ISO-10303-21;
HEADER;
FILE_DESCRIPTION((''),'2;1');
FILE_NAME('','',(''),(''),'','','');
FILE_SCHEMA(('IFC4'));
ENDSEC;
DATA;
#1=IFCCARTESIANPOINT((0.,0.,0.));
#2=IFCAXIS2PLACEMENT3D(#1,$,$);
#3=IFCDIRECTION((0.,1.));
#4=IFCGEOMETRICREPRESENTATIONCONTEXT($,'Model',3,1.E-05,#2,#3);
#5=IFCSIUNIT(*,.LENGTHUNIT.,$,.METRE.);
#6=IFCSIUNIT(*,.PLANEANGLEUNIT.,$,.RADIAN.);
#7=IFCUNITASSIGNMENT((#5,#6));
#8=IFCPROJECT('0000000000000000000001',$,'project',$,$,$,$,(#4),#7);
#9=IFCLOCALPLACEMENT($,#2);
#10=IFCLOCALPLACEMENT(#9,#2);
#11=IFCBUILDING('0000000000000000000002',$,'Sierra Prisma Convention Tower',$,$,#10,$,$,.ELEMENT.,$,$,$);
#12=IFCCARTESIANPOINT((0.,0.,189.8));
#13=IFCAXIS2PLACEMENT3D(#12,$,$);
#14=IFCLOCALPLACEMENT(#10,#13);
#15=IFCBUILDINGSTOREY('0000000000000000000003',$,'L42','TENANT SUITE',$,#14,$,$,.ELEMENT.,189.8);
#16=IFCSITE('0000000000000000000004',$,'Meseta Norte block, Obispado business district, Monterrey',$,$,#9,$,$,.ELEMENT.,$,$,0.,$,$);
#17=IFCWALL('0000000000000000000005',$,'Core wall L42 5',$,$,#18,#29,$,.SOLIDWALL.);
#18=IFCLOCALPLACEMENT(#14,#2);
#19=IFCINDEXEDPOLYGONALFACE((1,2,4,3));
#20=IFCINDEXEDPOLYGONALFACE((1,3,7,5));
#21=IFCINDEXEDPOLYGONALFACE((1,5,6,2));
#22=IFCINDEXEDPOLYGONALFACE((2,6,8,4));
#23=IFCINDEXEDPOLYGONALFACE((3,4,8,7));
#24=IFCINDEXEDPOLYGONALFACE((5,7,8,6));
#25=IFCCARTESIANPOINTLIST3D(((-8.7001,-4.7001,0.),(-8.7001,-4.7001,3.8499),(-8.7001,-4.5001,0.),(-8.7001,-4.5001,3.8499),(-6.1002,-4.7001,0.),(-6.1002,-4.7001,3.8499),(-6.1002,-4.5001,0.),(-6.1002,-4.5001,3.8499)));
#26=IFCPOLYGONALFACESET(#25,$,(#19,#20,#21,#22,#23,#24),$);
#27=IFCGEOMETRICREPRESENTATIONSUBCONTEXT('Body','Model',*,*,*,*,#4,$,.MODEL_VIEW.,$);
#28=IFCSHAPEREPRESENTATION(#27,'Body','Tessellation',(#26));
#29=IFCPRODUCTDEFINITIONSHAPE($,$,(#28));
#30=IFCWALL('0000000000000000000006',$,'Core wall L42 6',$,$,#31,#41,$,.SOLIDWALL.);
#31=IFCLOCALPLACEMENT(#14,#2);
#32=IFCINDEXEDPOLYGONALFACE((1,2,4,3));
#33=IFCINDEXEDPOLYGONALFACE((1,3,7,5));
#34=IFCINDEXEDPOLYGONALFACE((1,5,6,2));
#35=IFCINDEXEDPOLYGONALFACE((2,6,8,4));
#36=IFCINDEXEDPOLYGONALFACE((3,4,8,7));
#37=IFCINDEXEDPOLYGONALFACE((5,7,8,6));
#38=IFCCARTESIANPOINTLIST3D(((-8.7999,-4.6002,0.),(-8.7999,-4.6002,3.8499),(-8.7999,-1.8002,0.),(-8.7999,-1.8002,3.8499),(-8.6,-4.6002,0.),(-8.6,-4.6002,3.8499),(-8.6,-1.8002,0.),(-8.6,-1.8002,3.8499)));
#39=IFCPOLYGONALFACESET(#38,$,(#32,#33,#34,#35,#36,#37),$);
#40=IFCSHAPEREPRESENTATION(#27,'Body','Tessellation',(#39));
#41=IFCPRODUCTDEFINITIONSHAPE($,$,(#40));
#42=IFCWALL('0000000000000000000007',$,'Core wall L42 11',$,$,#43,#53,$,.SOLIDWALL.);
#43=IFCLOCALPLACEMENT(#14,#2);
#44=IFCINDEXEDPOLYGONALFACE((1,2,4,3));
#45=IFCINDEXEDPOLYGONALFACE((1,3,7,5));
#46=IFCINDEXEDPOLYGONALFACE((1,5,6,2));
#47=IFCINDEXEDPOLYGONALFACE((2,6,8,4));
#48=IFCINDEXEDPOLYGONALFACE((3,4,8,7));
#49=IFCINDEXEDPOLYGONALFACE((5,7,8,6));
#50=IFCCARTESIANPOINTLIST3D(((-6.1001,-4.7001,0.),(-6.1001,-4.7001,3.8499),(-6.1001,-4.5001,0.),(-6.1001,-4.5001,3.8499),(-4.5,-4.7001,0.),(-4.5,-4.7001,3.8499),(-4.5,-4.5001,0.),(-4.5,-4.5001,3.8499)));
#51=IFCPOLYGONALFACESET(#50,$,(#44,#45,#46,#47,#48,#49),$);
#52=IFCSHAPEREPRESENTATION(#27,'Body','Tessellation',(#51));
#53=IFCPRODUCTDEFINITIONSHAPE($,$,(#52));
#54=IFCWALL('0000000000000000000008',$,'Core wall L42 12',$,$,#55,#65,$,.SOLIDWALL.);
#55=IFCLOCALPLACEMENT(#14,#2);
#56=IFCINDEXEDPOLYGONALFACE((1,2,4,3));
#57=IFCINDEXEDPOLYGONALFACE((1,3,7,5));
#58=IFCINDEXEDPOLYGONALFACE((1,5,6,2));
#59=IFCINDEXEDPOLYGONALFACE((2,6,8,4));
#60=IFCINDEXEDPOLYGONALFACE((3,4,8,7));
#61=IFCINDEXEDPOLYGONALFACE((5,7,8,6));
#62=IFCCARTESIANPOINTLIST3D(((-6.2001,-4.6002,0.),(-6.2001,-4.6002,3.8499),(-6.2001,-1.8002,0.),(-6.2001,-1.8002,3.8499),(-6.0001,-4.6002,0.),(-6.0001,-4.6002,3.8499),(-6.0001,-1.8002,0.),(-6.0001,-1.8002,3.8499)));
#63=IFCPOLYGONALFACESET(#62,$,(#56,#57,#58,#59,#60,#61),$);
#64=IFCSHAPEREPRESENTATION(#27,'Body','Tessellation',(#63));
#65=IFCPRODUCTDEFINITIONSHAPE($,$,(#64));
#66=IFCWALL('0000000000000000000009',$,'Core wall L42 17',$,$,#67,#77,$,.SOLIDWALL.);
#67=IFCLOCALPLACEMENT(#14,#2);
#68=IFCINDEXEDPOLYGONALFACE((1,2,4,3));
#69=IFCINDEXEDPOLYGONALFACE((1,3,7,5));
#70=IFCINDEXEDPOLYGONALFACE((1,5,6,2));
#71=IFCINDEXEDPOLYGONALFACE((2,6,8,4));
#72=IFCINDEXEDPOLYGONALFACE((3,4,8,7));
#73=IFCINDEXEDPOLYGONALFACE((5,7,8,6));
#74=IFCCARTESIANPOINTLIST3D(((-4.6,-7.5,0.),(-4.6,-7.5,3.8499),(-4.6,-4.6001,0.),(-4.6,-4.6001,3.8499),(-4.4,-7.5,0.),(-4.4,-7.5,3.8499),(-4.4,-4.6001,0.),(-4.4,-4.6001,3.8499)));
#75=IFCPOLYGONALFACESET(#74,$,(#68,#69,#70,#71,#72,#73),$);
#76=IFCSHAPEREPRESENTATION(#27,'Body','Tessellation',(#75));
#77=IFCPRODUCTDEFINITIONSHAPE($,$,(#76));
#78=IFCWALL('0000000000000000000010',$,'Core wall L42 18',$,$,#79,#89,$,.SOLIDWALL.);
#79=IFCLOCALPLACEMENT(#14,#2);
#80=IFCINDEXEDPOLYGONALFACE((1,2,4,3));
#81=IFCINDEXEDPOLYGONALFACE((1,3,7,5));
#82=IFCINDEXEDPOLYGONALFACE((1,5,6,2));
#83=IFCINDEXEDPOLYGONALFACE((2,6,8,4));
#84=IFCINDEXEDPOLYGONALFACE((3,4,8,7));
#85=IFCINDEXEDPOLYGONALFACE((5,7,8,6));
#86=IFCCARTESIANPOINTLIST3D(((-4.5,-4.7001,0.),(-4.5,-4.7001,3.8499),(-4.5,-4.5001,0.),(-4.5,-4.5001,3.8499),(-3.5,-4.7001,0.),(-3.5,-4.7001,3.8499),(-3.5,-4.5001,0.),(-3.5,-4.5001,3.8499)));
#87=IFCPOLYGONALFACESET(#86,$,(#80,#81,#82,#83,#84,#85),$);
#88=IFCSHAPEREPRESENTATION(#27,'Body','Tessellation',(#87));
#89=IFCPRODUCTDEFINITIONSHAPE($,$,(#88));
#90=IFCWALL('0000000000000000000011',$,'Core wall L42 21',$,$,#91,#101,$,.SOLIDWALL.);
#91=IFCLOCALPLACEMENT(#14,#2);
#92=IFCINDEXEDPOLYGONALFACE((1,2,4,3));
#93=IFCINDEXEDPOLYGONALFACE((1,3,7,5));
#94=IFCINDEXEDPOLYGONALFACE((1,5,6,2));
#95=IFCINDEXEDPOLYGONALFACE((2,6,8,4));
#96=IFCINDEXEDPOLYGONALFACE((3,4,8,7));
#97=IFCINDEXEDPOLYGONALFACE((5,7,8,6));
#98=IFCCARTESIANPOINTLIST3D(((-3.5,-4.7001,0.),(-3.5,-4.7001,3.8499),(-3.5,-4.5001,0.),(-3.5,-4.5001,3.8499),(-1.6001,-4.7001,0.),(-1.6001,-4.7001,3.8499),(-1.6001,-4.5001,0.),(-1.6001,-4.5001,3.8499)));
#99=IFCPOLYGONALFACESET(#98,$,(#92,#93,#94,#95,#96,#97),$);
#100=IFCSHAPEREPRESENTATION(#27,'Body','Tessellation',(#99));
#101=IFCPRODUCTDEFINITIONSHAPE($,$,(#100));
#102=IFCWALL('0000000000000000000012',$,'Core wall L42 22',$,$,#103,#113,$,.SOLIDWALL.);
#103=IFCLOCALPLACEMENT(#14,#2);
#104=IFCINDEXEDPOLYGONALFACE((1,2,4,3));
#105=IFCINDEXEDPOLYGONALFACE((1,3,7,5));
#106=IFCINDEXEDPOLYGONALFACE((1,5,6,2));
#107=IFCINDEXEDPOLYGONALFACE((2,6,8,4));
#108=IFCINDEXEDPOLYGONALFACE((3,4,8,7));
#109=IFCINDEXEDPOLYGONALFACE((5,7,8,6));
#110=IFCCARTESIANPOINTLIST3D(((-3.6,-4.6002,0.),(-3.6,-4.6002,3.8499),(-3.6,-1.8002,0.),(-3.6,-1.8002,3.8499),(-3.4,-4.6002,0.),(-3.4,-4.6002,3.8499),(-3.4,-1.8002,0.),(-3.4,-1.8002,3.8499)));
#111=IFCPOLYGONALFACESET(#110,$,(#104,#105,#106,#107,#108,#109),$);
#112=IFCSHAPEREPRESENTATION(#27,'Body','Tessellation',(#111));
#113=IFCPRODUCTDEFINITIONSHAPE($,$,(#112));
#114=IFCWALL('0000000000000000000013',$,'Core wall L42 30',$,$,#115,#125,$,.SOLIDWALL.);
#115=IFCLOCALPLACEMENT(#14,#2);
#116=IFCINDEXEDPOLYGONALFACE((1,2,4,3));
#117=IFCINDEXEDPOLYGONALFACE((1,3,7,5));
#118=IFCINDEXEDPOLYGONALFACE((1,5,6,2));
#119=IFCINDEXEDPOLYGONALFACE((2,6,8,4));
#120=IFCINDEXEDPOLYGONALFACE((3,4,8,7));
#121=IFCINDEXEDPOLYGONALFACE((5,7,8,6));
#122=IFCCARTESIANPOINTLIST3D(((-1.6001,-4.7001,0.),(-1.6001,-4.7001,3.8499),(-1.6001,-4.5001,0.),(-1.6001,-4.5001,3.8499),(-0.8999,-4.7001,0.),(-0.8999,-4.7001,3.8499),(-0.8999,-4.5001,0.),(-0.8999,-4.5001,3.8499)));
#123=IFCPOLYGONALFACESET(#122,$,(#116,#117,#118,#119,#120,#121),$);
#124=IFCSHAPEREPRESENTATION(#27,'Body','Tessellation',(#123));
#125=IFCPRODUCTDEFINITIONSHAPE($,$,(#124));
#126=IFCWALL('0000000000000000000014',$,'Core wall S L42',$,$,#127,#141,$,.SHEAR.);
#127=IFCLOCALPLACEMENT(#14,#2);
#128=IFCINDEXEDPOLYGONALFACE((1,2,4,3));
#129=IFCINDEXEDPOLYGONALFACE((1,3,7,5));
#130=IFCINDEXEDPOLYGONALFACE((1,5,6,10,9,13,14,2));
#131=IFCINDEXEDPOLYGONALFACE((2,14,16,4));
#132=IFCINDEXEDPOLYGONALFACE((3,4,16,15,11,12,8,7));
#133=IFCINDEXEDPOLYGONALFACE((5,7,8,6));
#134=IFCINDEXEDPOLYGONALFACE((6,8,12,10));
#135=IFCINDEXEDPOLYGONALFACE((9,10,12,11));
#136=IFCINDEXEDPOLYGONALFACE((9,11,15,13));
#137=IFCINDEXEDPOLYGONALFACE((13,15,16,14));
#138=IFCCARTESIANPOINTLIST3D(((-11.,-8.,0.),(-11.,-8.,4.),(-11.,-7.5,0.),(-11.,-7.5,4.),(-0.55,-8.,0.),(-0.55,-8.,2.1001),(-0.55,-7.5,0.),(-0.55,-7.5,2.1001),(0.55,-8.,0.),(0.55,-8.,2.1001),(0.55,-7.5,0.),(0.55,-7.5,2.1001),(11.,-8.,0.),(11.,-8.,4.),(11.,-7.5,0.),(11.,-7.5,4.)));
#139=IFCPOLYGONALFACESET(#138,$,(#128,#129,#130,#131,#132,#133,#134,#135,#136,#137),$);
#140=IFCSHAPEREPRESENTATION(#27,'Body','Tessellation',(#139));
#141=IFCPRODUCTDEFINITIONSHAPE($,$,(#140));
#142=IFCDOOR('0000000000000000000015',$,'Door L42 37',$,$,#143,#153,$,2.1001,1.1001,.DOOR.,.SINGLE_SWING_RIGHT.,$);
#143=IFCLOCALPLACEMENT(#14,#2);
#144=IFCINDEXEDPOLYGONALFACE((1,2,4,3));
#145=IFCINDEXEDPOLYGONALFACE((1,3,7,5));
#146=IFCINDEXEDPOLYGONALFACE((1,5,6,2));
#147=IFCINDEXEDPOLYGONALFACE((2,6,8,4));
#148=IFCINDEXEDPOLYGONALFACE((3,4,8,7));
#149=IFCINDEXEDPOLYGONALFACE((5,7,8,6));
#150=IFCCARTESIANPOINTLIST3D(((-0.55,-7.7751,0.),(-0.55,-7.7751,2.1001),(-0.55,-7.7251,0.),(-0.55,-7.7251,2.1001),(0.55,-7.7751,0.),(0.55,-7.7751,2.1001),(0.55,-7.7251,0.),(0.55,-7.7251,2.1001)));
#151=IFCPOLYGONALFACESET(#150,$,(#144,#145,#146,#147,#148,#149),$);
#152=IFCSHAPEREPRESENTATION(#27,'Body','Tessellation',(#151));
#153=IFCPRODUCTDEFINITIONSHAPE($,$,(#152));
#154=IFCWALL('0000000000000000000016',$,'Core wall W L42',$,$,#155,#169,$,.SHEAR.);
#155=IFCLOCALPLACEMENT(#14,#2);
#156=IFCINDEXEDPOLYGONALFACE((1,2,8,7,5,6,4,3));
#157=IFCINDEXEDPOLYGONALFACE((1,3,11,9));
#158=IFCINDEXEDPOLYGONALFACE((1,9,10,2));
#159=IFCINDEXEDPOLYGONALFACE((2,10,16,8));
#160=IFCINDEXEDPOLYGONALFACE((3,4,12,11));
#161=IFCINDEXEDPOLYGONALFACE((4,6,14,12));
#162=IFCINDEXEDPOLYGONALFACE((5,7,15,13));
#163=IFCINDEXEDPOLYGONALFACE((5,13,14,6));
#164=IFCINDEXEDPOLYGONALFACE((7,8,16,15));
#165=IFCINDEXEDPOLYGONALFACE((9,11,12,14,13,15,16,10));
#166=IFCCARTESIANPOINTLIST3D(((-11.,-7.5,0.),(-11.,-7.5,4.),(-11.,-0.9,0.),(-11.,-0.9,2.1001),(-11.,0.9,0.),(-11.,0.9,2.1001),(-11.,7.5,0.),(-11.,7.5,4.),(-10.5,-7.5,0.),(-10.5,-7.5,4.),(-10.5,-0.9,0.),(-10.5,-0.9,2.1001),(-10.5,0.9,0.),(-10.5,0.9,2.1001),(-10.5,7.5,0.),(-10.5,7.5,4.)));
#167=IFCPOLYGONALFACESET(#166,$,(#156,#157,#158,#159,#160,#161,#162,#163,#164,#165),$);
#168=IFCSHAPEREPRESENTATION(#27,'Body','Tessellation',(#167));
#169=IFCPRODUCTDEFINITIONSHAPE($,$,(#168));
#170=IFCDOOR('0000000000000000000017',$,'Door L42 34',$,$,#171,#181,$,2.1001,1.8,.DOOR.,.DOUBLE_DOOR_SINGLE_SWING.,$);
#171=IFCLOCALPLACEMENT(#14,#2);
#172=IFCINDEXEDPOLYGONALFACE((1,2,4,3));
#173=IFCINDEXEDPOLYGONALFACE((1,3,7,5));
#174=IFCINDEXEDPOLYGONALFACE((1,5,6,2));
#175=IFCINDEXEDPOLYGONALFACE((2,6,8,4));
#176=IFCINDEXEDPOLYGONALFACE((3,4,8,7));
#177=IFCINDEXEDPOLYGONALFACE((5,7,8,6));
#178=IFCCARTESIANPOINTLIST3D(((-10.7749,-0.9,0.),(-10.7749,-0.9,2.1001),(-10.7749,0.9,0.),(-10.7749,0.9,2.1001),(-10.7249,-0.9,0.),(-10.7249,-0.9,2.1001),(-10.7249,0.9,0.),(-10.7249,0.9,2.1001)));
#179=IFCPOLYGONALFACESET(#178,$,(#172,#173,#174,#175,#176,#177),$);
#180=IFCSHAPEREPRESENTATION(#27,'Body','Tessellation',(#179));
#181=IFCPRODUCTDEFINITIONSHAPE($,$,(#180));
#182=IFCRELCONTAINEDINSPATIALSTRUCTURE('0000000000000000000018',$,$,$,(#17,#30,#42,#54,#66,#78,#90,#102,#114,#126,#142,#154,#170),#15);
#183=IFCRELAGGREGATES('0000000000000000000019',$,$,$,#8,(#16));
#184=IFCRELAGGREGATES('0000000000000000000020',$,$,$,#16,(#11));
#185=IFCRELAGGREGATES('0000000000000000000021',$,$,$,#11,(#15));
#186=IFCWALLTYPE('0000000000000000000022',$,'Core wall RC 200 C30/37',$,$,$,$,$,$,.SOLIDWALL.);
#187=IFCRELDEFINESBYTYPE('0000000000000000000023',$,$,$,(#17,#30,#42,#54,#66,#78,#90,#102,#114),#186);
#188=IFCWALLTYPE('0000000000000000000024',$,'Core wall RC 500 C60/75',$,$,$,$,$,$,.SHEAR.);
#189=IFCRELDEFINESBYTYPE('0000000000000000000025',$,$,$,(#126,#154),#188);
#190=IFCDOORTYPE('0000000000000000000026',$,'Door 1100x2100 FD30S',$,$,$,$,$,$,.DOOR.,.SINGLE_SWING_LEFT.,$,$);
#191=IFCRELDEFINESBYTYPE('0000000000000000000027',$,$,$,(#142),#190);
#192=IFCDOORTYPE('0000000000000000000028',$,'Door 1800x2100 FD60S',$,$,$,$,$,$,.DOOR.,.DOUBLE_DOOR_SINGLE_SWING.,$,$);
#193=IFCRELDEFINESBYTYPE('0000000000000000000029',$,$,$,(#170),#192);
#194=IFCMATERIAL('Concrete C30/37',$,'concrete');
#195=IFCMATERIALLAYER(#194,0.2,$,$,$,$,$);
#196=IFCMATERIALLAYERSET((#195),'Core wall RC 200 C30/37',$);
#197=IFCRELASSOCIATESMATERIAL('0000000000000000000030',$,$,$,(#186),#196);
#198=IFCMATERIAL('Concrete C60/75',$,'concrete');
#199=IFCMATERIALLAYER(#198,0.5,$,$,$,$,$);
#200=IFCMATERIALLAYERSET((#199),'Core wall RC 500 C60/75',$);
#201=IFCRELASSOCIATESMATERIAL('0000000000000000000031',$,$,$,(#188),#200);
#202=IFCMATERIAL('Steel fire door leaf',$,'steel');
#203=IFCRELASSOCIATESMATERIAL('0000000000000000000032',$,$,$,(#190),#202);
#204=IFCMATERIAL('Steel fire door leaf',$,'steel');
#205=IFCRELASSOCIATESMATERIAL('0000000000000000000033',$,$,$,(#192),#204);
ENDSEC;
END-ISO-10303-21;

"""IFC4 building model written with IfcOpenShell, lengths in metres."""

from ifc_helpers import new_model, si_unit, direction, frame, frame_2d, origin, place, context, subcontext, project, spatial, rectangle, extrude, material, layer, layer_set, type_object, element, fill, save


model = new_model("IFC4")

# Units and contexts
model_context = context("Model", 3, precision=1e-05, world=origin(), true_north=direction((0.0, 1.0)))
body_context = subcontext(model_context, "Body", "Model", "MODEL_VIEW")
ifc_project = project(units=[si_unit("LENGTHUNIT", "METRE"), si_unit("PLANEANGLEUNIT", "RADIAN")], contexts=[model_context])

# Site, building, storey
site_placement = place(None, origin())
site = spatial("IfcSite", under=ifc_project, at=site_placement, Name="Meseta Norte block, Obispado business district, Monterrey", CompositionType="ELEMENT", RefElevation=0.0)
building_placement = place(site_placement, origin())
building = spatial("IfcBuilding", under=site, at=building_placement, Name="Sierra Prisma Convention Tower", CompositionType="ELEMENT")
storey_placement = place(building_placement, frame((0.0, 0.0, 189.8)))
storey = spatial("IfcBuildingStorey", under=building, at=storey_placement, Name="L42", Description="TENANT SUITE", CompositionType="ELEMENT", Elevation=189.8)

# Shared definitions
ifc_material_1 = material(Name="Concrete C30/37", Category="concrete")
ifc_layer_1 = layer(ifc_material_1, 0.2)
ifc_layer_set_1 = layer_set([ifc_layer_1], Name="Core wall RC 200 C30/37")
wall_type_1 = type_object("IfcWallType", Name="Core wall RC 200 C30/37", PredefinedType="SOLIDWALL", material=ifc_layer_set_1)

# Walls
wall_1_placement = place(storey_placement, frame((-8.7, -4.6001, 0.0), z_axis=(0.0, 0.0, 1.0), x_axis=(1.0, 0.0, 0.0)))
element("IfcWall", 1, at=wall_1_placement, inside=storey, type_object=wall_type_1, Name="Core wall L42 5", PredefinedType="SOLIDWALL", context=body_context, shape_type="SweptSolid", body=[
    extrude(rectangle(XDim=2.5999, YDim=0.2, at=frame_2d((1.2998, 0.0))), origin(), (0.0, 0.0, 1.0), 3.8499),
])
wall_2_placement = place(storey_placement, frame((-8.7, -4.6001, 0.0), z_axis=(0.0, 0.0, 1.0), x_axis=(0.0, 1.0, 0.0)))
element("IfcWall", 2, at=wall_2_placement, inside=storey, type_object=wall_type_1, Name="Core wall L42 6", PredefinedType="SOLIDWALL", context=body_context, shape_type="SweptSolid", body=[
    extrude(rectangle(XDim=2.8, YDim=0.2, at=frame_2d((1.3999, 0.0))), origin(), (0.0, 0.0, 1.0), 3.8499),
])
wall_3_placement = place(storey_placement, frame((-6.1001, -4.6001, 0.0), z_axis=(0.0, 0.0, 1.0), x_axis=(1.0, 0.0, 0.0)))
element("IfcWall", 3, at=wall_3_placement, inside=storey, type_object=wall_type_1, Name="Core wall L42 11", PredefinedType="SOLIDWALL", context=body_context, shape_type="SweptSolid", body=[
    extrude(rectangle(XDim=1.6001, YDim=0.2, at=frame_2d((0.8, 0.0))), origin(), (0.0, 0.0, 1.0), 3.8499),
])
wall_4_placement = place(storey_placement, frame((-6.1001, -4.6001, 0.0), z_axis=(0.0, 0.0, 1.0), x_axis=(0.0, 1.0, 0.0)))
element("IfcWall", 4, at=wall_4_placement, inside=storey, type_object=wall_type_1, Name="Core wall L42 12", PredefinedType="SOLIDWALL", context=body_context, shape_type="SweptSolid", body=[
    extrude(rectangle(XDim=2.8, YDim=0.2, at=frame_2d((1.3999, 0.0))), origin(), (0.0, 0.0, 1.0), 3.8499),
])
wall_5_placement = place(storey_placement, frame((-4.5, -4.6001, 0.0), z_axis=(0.0, 0.0, 1.0), x_axis=(0.0, -1.0, 0.0)))
element("IfcWall", 5, at=wall_5_placement, inside=storey, type_object=wall_type_1, Name="Core wall L42 17", PredefinedType="SOLIDWALL", context=body_context, shape_type="SweptSolid", body=[
    extrude(rectangle(XDim=2.8999, YDim=0.2, at=frame_2d((1.45, 0.0))), origin(), (0.0, 0.0, 1.0), 3.8499),
])
wall_6_placement = place(storey_placement, frame((-4.5, -4.6001, 0.0), z_axis=(0.0, 0.0, 1.0), x_axis=(1.0, 0.0, 0.0)))
element("IfcWall", 6, at=wall_6_placement, inside=storey, type_object=wall_type_1, Name="Core wall L42 18", PredefinedType="SOLIDWALL", context=body_context, shape_type="SweptSolid", body=[
    extrude(rectangle(XDim=1.0, YDim=0.2, at=frame_2d((0.5, 0.0))), origin(), (0.0, 0.0, 1.0), 3.8499),
])
wall_7_placement = place(storey_placement, frame((-3.5, -4.6001, 0.0), z_axis=(0.0, 0.0, 1.0), x_axis=(1.0, 0.0, 0.0)))
element("IfcWall", 7, at=wall_7_placement, inside=storey, type_object=wall_type_1, Name="Core wall L42 21", PredefinedType="SOLIDWALL", context=body_context, shape_type="SweptSolid", body=[
    extrude(rectangle(XDim=1.8999, YDim=0.2, at=frame_2d((0.95, 0.0))), origin(), (0.0, 0.0, 1.0), 3.8499),
])
wall_8_placement = place(storey_placement, frame((-3.5, -4.6001, 0.0), z_axis=(0.0, 0.0, 1.0), x_axis=(0.0, 1.0, 0.0)))
element("IfcWall", 8, at=wall_8_placement, inside=storey, type_object=wall_type_1, Name="Core wall L42 22", PredefinedType="SOLIDWALL", context=body_context, shape_type="SweptSolid", body=[
    extrude(rectangle(XDim=2.8, YDim=0.2, at=frame_2d((1.3999, 0.0))), origin(), (0.0, 0.0, 1.0), 3.8499),
])

# Wall
wall_9_placement = place(storey_placement, frame((-1.6001, -4.6001, 0.0), z_axis=(0.0, 0.0, 1.0), x_axis=(1.0, 0.0, 0.0)))
element("IfcWall", 9, at=wall_9_placement, inside=storey, type_object=wall_type_1, Name="Core wall L42 30", PredefinedType="SOLIDWALL", context=body_context, shape_type="SweptSolid", body=[
    extrude(rectangle(XDim=0.7002, YDim=0.2, at=frame_2d((0.3501, 0.0))), origin(), (0.0, 0.0, 1.0), 3.8499),
])

# Walls, openings, doors
ifc_material_2 = material(Name="Concrete C60/75", Category="concrete")
ifc_layer_2 = layer(ifc_material_2, 0.5)
ifc_layer_set_2 = layer_set([ifc_layer_2], Name="Core wall RC 500 C60/75")
wall_type_2 = type_object("IfcWallType", Name="Core wall RC 500 C60/75", PredefinedType="SHEAR", material=ifc_layer_set_2)
wall_10_placement = place(storey_placement, frame((-11.0, -7.75, 0.0), z_axis=(0.0, 0.0, 1.0), x_axis=(1.0, 0.0, 0.0)))
wall_10 = element("IfcWall", 10, at=wall_10_placement, inside=storey, type_object=wall_type_2, Name="Core wall S L42", PredefinedType="SHEAR", context=body_context, shape_type="SweptSolid", body=[
    extrude(rectangle(XDim=22.0, YDim=0.5, at=frame_2d((11.0, 0.0))), origin(), (0.0, 0.0, 1.0), 4.0),
])
opening_1_placement = place(wall_10_placement, frame((10.45, 0.0, 0.0)))
opening_1 = element("IfcOpeningElement", 11, at=opening_1_placement, cuts=wall_10, PredefinedType="OPENING", context=body_context, shape_type="SweptSolid", body=[
    extrude(rectangle(XDim=1.1001, YDim=2.1001, at=frame_2d((0.55, 1.05))), frame((0.0, 0.25, 0.0), z_axis=(0.0, -1.0, 0.0), x_axis=(1.0, 0.0, 0.0)), (0.0, 0.0, 1.0), 0.5),
])
ifc_material_3 = material(Name="Steel fire door leaf", Category="steel")
door_type_1 = type_object("IfcDoorType", Name="Door 1100x2100 FD30S", OperationType="SINGLE_SWING_LEFT", PredefinedType="DOOR", material=ifc_material_3)
door_1_placement = place(opening_1_placement, origin())
door_1 = element("IfcDoor", 12, at=door_1_placement, inside=storey, type_object=door_type_1, Name="Door L42 37", OperationType="SINGLE_SWING_RIGHT", OverallHeight=2.1001, OverallWidth=1.1001, PredefinedType="DOOR", context=body_context, shape_type="SweptSolid", body=[
    extrude(rectangle(XDim=1.1001, YDim=2.1001, at=frame_2d((0.55, 1.05))), frame((0.0, 0.0249, 0.0), z_axis=(0.0, -1.0, 0.0), x_axis=(1.0, 0.0, 0.0)), (0.0, 0.0, 1.0), 0.05),
])
fill(opening_1, door_1)
wall_11_placement = place(storey_placement, frame((-10.75, -7.5, 0.0), z_axis=(0.0, 0.0, 1.0), x_axis=(0.0, 1.0, 0.0)))
wall_11 = element("IfcWall", 13, at=wall_11_placement, inside=storey, type_object=wall_type_2, Name="Core wall W L42", PredefinedType="SHEAR", context=body_context, shape_type="SweptSolid", body=[
    extrude(rectangle(XDim=15.0, YDim=0.5, at=frame_2d((7.5, 0.0))), origin(), (0.0, 0.0, 1.0), 4.0),
])
opening_2_placement = place(wall_11_placement, frame((6.6001, 0.0, 0.0)))
opening_2 = element("IfcOpeningElement", 14, at=opening_2_placement, cuts=wall_11, PredefinedType="OPENING", context=body_context, shape_type="SweptSolid", body=[
    extrude(rectangle(XDim=1.8, YDim=2.1001, at=frame_2d((0.8999, 1.05))), frame((0.0, 0.25, 0.0), z_axis=(0.0, -1.0, 0.0), x_axis=(1.0, 0.0, 0.0)), (0.0, 0.0, 1.0), 0.5),
])
ifc_material_4 = material(Name="Steel fire door leaf", Category="steel")
door_type_2 = type_object("IfcDoorType", Name="Door 1800x2100 FD60S", OperationType="DOUBLE_DOOR_SINGLE_SWING", PredefinedType="DOOR", material=ifc_material_4)
door_2_placement = place(opening_2_placement, origin())
door_2 = element("IfcDoor", 15, at=door_2_placement, inside=storey, type_object=door_type_2, Name="Door L42 34", OperationType="DOUBLE_DOOR_SINGLE_SWING", OverallHeight=2.1001, OverallWidth=1.8, PredefinedType="DOOR", context=body_context, shape_type="SweptSolid", body=[
    extrude(rectangle(XDim=1.8, YDim=2.1001, at=frame_2d((0.8999, 1.05))), frame((0.0, 0.0249, 0.0), z_axis=(0.0, -1.0, 0.0), x_axis=(1.0, 0.0, 0.0)), (0.0, 0.0, 1.0), 0.05),
])
fill(opening_2, door_2)

save(model, "model.ifc")
